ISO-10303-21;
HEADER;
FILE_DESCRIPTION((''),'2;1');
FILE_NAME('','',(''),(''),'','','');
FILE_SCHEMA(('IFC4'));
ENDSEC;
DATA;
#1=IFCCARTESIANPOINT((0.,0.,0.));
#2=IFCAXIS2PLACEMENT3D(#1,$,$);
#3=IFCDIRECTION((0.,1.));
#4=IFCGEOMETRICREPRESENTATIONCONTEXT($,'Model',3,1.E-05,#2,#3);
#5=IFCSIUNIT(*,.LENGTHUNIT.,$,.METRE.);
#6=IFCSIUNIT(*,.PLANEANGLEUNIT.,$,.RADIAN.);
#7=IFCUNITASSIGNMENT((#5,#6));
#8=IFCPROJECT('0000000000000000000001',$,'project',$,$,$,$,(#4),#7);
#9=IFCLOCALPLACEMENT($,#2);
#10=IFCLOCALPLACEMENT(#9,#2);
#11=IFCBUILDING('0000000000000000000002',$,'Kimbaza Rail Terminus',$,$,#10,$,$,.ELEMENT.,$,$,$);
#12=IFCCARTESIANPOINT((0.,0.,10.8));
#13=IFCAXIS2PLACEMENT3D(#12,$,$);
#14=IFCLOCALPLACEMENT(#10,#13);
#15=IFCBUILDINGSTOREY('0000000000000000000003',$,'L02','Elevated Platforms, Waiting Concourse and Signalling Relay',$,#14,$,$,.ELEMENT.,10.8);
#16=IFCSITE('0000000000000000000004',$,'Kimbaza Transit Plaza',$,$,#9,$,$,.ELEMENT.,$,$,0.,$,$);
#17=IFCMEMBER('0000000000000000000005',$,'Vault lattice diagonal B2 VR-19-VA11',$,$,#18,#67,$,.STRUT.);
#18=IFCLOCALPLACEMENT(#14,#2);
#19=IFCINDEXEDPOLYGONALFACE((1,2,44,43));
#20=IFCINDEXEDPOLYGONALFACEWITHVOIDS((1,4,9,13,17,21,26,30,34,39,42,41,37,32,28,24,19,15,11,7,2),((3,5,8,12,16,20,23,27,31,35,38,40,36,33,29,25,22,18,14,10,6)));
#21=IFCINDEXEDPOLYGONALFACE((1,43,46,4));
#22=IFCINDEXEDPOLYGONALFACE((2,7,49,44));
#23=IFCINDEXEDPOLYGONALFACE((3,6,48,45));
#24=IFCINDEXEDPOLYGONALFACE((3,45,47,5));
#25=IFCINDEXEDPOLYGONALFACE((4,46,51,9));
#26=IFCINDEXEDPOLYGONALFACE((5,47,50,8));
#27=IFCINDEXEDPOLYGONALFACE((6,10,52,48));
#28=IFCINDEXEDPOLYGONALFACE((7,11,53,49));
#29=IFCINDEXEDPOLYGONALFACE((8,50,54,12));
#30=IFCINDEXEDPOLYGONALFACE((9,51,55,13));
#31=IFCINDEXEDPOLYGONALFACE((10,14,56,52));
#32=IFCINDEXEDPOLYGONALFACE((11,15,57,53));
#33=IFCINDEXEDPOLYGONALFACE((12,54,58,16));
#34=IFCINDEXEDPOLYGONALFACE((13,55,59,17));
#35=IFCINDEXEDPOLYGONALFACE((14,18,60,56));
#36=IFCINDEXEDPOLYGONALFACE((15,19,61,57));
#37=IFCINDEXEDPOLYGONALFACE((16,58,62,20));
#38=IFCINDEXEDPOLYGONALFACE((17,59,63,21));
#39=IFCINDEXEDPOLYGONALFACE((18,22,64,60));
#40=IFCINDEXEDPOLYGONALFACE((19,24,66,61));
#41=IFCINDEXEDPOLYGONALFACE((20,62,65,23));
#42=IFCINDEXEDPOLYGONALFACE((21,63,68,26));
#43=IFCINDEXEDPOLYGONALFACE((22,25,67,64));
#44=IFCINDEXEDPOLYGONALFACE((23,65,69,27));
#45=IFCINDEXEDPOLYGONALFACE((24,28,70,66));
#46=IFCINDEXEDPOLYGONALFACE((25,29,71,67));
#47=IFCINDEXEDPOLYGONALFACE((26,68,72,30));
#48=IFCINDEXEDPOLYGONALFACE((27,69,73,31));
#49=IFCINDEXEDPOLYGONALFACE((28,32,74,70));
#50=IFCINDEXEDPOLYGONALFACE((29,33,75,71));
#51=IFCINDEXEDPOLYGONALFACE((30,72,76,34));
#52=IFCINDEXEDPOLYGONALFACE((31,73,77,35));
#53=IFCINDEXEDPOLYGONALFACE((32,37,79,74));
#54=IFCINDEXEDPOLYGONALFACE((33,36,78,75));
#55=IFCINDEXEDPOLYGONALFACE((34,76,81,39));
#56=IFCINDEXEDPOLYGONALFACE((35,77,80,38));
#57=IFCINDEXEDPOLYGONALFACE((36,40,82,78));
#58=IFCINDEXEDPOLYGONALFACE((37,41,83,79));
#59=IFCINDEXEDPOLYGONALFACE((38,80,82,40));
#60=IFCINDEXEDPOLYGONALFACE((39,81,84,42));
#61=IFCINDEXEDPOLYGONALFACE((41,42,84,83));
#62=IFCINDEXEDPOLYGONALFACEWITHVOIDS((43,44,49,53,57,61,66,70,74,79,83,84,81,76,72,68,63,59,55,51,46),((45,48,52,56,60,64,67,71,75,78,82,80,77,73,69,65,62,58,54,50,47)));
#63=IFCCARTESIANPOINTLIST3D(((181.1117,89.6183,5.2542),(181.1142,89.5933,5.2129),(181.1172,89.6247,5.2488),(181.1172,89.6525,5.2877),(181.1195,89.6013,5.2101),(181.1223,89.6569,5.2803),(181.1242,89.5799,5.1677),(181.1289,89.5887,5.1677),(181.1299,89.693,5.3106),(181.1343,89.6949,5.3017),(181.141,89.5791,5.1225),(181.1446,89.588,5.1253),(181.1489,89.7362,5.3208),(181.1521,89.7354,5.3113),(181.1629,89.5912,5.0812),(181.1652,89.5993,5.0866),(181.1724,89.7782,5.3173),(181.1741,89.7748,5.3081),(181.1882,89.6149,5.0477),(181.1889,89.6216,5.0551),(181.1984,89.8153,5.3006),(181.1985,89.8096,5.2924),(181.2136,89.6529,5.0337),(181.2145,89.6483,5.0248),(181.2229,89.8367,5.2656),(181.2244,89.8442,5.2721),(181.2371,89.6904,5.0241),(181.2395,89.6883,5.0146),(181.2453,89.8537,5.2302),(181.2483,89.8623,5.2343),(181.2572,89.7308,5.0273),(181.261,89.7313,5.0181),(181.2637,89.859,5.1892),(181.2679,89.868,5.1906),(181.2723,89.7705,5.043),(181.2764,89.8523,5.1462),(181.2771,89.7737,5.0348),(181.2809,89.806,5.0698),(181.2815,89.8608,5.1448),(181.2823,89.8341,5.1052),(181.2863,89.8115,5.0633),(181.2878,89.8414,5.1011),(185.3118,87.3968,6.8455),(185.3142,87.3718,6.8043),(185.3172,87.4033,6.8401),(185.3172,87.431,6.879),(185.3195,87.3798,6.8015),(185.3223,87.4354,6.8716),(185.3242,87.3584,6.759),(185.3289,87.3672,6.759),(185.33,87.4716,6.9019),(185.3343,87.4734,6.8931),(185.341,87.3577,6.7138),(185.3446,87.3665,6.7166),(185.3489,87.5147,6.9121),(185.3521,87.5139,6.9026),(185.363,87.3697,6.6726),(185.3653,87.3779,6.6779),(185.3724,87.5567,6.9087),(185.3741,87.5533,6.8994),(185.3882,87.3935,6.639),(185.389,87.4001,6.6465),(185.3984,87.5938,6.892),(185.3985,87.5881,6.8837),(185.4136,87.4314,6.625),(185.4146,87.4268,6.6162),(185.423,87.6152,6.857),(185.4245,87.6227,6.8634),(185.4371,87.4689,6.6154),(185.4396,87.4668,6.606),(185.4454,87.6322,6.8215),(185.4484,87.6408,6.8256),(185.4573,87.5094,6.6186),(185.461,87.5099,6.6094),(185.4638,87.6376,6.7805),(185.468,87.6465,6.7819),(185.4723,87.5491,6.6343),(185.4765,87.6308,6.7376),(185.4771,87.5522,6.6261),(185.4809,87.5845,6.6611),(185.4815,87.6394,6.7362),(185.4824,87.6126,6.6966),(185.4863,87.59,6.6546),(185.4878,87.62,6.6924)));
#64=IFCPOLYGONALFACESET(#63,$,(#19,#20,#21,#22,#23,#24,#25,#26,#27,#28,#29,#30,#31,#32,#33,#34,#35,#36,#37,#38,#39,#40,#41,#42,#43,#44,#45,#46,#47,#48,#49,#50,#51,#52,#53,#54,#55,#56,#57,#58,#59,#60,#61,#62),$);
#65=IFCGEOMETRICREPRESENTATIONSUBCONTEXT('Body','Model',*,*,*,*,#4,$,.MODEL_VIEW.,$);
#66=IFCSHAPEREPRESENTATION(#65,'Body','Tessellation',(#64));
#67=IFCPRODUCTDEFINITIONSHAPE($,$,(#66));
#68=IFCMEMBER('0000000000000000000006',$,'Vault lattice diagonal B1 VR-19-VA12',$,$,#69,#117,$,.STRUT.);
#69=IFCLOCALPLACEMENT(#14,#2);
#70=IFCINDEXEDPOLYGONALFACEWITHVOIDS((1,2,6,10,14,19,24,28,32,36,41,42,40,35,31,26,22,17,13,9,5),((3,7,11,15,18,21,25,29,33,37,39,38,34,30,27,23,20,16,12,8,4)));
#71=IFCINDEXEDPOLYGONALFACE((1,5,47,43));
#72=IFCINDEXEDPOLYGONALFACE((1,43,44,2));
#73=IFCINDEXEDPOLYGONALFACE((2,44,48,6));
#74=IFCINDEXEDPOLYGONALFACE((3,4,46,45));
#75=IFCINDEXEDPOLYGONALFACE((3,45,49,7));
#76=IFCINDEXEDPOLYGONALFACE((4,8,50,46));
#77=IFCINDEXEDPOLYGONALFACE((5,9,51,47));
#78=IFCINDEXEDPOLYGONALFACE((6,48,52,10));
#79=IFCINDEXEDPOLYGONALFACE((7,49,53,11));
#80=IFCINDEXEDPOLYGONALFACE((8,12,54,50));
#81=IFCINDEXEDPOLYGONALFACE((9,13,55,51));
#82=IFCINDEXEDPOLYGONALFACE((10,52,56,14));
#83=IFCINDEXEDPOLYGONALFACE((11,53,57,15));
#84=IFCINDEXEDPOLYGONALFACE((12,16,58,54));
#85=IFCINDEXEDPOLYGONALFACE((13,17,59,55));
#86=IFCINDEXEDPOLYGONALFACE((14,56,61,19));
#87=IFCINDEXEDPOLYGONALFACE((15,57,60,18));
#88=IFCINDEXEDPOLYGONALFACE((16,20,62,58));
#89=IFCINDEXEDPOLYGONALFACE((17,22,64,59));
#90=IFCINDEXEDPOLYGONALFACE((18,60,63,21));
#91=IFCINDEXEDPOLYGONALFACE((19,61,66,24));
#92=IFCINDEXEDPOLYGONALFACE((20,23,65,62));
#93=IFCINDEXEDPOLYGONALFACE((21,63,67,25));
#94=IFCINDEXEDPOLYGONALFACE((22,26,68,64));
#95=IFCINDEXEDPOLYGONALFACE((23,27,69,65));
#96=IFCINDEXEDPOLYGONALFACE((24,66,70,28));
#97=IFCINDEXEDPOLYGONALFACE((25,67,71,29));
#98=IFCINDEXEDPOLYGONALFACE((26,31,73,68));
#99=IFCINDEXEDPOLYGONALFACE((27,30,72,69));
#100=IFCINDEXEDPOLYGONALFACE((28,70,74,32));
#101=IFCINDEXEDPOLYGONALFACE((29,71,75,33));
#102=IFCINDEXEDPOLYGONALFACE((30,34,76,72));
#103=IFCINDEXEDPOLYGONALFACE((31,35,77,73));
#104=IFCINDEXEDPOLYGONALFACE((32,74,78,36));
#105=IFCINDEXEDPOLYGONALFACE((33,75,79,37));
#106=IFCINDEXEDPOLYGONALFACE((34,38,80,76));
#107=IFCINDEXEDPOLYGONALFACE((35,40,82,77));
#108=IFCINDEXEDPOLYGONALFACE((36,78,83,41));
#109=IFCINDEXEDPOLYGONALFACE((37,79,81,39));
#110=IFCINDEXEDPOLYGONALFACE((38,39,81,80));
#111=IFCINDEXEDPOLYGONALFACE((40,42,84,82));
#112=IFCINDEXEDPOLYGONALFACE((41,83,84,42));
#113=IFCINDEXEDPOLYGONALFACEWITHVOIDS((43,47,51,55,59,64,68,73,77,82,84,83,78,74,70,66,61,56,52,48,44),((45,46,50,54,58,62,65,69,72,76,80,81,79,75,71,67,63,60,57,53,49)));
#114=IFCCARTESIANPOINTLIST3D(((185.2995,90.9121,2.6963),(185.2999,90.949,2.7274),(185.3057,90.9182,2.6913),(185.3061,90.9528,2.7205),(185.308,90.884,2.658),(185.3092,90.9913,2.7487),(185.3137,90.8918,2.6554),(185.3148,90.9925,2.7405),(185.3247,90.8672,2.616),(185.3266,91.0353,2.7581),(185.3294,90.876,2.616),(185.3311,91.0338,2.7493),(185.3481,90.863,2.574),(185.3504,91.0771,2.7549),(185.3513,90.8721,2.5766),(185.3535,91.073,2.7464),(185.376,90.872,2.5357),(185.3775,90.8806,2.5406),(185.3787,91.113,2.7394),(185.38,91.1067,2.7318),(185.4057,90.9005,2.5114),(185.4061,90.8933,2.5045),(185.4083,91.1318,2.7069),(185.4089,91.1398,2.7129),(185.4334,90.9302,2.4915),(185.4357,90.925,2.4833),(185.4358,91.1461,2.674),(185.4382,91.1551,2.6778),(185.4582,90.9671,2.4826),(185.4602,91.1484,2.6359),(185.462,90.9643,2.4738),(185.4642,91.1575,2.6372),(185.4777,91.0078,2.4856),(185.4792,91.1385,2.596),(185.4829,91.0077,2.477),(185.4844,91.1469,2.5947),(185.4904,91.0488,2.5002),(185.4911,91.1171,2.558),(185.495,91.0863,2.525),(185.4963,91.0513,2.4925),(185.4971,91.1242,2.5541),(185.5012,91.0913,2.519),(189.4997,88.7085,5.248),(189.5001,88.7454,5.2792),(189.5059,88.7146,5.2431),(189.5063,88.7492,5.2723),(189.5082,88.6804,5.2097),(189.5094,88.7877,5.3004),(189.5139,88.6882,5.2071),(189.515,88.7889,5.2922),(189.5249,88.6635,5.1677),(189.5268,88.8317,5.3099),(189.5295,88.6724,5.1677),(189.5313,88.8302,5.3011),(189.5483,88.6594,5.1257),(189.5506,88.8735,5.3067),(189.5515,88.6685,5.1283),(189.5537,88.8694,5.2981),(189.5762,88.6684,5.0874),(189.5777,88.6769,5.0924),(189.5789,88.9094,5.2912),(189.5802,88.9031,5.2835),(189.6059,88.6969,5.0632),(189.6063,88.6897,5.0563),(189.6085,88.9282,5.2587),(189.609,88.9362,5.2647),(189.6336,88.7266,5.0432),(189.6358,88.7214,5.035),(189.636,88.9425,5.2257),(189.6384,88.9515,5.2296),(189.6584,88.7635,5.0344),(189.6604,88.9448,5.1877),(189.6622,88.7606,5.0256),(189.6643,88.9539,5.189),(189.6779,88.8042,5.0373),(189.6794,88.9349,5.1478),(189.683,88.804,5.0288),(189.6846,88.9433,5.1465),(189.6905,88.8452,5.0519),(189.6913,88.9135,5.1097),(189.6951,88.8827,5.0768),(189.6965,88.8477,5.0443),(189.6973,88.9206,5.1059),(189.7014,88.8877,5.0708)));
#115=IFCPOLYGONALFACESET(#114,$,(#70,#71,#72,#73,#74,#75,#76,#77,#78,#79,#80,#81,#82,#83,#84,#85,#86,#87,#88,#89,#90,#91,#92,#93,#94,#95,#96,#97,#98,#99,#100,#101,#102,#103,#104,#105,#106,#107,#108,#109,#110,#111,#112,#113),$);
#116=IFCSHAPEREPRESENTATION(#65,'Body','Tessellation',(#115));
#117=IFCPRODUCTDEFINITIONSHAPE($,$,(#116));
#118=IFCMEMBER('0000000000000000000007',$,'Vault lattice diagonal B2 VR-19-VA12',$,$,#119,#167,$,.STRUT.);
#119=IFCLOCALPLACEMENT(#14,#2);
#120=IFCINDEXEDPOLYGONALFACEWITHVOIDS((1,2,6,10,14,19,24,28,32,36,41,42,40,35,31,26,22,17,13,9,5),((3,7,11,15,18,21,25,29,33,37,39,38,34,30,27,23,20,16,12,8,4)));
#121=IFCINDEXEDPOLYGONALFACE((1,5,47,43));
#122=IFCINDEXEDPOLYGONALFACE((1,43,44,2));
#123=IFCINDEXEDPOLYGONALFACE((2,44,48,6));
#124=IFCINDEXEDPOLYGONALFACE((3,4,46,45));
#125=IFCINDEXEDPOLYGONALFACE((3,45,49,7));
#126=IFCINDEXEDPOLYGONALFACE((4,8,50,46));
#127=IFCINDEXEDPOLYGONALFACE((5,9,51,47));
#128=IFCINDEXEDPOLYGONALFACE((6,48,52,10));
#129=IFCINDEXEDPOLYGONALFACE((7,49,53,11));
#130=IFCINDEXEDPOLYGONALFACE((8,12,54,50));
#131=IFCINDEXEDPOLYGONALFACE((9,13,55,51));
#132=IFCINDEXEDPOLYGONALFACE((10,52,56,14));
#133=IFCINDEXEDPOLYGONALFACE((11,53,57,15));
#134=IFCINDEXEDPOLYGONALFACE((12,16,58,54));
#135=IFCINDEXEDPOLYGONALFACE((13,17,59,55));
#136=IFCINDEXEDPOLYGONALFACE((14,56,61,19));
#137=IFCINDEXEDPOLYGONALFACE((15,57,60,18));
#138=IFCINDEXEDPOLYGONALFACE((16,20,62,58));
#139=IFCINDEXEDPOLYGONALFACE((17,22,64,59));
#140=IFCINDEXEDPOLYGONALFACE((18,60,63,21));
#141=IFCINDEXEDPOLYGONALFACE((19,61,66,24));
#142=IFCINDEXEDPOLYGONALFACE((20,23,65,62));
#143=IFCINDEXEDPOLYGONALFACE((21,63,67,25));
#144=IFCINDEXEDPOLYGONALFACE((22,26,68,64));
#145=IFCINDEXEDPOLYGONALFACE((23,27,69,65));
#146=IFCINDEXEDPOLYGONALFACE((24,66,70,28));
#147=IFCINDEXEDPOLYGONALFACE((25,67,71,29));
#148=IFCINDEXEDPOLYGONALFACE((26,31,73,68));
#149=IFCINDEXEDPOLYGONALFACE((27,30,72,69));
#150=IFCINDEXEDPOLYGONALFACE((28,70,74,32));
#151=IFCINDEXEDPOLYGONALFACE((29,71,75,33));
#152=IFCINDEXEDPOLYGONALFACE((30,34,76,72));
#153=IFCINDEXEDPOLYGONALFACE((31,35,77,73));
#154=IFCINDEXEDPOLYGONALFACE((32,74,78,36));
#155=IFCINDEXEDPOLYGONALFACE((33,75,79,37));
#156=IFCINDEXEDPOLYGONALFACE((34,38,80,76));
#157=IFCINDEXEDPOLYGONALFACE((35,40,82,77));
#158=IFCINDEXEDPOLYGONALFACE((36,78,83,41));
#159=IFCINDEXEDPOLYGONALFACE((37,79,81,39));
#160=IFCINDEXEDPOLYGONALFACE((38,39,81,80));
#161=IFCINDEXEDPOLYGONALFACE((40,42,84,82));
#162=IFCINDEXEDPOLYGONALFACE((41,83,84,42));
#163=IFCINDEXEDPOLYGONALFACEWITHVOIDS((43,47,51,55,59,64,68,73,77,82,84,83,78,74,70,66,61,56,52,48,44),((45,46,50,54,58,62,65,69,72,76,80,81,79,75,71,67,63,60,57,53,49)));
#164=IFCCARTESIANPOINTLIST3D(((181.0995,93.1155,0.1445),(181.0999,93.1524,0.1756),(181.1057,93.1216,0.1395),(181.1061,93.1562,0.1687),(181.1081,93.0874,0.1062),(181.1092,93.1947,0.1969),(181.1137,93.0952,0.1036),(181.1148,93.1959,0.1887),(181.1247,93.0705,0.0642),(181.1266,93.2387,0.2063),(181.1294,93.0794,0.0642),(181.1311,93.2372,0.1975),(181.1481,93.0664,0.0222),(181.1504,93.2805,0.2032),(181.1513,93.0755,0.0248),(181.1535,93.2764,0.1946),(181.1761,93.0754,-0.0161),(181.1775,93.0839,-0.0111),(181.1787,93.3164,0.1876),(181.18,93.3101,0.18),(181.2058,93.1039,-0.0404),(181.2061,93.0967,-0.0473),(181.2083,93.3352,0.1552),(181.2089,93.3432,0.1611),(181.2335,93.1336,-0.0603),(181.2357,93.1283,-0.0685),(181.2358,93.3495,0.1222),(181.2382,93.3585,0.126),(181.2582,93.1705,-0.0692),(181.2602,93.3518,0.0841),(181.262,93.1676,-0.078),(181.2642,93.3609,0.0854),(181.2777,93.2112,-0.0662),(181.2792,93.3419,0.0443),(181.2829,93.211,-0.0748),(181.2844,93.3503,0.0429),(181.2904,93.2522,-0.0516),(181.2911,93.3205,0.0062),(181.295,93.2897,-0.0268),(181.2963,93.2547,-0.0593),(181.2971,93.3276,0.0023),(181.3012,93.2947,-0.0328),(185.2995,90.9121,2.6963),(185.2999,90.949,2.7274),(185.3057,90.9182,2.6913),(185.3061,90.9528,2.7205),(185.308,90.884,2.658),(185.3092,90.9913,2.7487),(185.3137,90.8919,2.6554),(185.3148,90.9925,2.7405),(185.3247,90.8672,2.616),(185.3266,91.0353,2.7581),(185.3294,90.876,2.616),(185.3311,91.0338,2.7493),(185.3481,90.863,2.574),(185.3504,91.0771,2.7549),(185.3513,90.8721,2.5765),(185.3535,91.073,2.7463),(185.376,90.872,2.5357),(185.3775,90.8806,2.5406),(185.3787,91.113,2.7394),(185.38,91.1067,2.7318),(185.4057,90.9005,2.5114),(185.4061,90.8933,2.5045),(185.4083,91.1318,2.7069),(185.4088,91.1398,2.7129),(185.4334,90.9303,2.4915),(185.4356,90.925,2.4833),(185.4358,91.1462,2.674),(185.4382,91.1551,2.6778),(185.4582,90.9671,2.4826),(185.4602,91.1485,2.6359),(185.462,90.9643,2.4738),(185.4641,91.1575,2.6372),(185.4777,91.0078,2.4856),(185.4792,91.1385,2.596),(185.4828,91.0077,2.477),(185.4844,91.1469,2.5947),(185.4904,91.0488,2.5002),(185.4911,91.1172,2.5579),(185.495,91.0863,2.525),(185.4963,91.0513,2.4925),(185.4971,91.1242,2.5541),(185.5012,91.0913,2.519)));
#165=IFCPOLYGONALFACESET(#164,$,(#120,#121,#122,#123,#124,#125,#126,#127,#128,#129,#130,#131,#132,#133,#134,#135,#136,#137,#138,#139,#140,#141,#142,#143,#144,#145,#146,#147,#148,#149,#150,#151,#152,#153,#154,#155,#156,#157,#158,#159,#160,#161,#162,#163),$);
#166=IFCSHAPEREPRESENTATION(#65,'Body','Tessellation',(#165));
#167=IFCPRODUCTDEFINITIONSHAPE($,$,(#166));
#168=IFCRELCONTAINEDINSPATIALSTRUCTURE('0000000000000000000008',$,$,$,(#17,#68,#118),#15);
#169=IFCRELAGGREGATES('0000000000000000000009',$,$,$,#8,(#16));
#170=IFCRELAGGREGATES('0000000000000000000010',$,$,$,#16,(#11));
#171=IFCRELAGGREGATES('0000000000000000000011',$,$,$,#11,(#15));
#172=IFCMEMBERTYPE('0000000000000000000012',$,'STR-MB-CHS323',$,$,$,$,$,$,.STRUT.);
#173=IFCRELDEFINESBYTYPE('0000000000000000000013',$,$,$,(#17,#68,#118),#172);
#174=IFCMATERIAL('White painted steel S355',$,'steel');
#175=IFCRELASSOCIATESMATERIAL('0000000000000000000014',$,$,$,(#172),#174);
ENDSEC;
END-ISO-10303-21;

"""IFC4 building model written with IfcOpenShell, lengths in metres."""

from ifc_helpers import new_model, si_unit, direction, frame, origin, origin_2d, place, context, subcontext, project, spatial, hollow_circle, extrude, material, material_profile, profile_set, type_object, element, save


model = new_model("IFC4")

# Units and contexts
model_context = context("Model", 3, precision=1e-05, world=origin(), true_north=direction((0.0, 1.0)))
body_context = subcontext(model_context, "Body", "Model", "MODEL_VIEW")
ifc_project = project(units=[si_unit("LENGTHUNIT", "METRE"), si_unit("PLANEANGLEUNIT", "RADIAN")], contexts=[model_context])

# Site, building, storey
site_placement = place(None, origin())
site = spatial("IfcSite", under=ifc_project, at=site_placement, Name="Kimbaza Transit Plaza", CompositionType="ELEMENT", RefElevation=0.0)
building_placement = place(site_placement, origin())
building = spatial("IfcBuilding", under=site, at=building_placement, Name="Kimbaza Rail Terminus", CompositionType="ELEMENT")
storey_placement = place(building_placement, frame((0.0, 0.0, 10.8)))
storey = spatial("IfcBuildingStorey", under=building, at=storey_placement, Name="L02", Description="Elevated Platforms, Waiting Concourse and Signalling Relay", CompositionType="ELEMENT", Elevation=10.8)

# Members
ifc_material_1 = material(Name="White painted steel S355", Category="steel")
ifc_material_profile_1 = material_profile(ifc_material_1, hollow_circle(Radius=0.1619, WallThickness=0.01, at=origin_2d()), Name="CHS 323.9x10")
ifc_profile_set_1 = profile_set([ifc_material_profile_1], Name="White painted steel S355")
member_type_1 = type_object("IfcMemberType", Name="STR-MB-CHS323", PredefinedType="STRUT", material=ifc_profile_set_1)
for number, where, z_axis, x_axis, name in (
    (1, (185.3999, 87.5015, 6.759), (-0.838205, 0.443343, -0.317585), (-0.467548, -0.883968, 0.0), "Vault lattice diagonal B2 VR-19-VA11"),
):
    element("IfcMember", number, at=place(storey_placement, frame(where, z_axis=z_axis, x_axis=x_axis)), inside=storey, type_object=member_type_1, Name=name, PredefinedType="STRUT", context=body_context, shape_type="SweptSolid", body=[
        extrude(hollow_circle(Radius=0.1619, WallThickness=0.01, at=origin_2d()), origin(), (0.0, 0.0, 1.0), 5.0107),
    ])
member_1_placement = place(storey_placement, frame((189.6001, 88.8069, 5.1677), z_axis=(-0.779835, 0.409137, -0.473776), x_axis=(-0.464588, -0.885527, 0.0)))
element("IfcMember", 2, at=member_1_placement, inside=storey, type_object=member_type_1, Name="Vault lattice diagonal B1 VR-19-VA12", PredefinedType="STRUT", context=body_context, shape_type="SweptSolid", body=[
    extrude(hollow_circle(Radius=0.1619, WallThickness=0.01, at=origin_2d()), origin(), (0.0, 0.0, 1.0), 5.386),
])
member_2_placement = place(storey_placement, frame((185.3999, 91.0105, 2.616), z_axis=(-0.779832, 0.409114, -0.473801), x_axis=(-0.464569, -0.885537, 0.0)))
element("IfcMember", 3, at=member_2_placement, inside=storey, type_object=member_type_1, Name="Vault lattice diagonal B2 VR-19-VA12", PredefinedType="STRUT", context=body_context, shape_type="SweptSolid", body=[
    extrude(hollow_circle(Radius=0.1619, WallThickness=0.01, at=origin_2d()), origin(), (0.0, 0.0, 1.0), 5.3857),
])

save(model, "model.ifc")
